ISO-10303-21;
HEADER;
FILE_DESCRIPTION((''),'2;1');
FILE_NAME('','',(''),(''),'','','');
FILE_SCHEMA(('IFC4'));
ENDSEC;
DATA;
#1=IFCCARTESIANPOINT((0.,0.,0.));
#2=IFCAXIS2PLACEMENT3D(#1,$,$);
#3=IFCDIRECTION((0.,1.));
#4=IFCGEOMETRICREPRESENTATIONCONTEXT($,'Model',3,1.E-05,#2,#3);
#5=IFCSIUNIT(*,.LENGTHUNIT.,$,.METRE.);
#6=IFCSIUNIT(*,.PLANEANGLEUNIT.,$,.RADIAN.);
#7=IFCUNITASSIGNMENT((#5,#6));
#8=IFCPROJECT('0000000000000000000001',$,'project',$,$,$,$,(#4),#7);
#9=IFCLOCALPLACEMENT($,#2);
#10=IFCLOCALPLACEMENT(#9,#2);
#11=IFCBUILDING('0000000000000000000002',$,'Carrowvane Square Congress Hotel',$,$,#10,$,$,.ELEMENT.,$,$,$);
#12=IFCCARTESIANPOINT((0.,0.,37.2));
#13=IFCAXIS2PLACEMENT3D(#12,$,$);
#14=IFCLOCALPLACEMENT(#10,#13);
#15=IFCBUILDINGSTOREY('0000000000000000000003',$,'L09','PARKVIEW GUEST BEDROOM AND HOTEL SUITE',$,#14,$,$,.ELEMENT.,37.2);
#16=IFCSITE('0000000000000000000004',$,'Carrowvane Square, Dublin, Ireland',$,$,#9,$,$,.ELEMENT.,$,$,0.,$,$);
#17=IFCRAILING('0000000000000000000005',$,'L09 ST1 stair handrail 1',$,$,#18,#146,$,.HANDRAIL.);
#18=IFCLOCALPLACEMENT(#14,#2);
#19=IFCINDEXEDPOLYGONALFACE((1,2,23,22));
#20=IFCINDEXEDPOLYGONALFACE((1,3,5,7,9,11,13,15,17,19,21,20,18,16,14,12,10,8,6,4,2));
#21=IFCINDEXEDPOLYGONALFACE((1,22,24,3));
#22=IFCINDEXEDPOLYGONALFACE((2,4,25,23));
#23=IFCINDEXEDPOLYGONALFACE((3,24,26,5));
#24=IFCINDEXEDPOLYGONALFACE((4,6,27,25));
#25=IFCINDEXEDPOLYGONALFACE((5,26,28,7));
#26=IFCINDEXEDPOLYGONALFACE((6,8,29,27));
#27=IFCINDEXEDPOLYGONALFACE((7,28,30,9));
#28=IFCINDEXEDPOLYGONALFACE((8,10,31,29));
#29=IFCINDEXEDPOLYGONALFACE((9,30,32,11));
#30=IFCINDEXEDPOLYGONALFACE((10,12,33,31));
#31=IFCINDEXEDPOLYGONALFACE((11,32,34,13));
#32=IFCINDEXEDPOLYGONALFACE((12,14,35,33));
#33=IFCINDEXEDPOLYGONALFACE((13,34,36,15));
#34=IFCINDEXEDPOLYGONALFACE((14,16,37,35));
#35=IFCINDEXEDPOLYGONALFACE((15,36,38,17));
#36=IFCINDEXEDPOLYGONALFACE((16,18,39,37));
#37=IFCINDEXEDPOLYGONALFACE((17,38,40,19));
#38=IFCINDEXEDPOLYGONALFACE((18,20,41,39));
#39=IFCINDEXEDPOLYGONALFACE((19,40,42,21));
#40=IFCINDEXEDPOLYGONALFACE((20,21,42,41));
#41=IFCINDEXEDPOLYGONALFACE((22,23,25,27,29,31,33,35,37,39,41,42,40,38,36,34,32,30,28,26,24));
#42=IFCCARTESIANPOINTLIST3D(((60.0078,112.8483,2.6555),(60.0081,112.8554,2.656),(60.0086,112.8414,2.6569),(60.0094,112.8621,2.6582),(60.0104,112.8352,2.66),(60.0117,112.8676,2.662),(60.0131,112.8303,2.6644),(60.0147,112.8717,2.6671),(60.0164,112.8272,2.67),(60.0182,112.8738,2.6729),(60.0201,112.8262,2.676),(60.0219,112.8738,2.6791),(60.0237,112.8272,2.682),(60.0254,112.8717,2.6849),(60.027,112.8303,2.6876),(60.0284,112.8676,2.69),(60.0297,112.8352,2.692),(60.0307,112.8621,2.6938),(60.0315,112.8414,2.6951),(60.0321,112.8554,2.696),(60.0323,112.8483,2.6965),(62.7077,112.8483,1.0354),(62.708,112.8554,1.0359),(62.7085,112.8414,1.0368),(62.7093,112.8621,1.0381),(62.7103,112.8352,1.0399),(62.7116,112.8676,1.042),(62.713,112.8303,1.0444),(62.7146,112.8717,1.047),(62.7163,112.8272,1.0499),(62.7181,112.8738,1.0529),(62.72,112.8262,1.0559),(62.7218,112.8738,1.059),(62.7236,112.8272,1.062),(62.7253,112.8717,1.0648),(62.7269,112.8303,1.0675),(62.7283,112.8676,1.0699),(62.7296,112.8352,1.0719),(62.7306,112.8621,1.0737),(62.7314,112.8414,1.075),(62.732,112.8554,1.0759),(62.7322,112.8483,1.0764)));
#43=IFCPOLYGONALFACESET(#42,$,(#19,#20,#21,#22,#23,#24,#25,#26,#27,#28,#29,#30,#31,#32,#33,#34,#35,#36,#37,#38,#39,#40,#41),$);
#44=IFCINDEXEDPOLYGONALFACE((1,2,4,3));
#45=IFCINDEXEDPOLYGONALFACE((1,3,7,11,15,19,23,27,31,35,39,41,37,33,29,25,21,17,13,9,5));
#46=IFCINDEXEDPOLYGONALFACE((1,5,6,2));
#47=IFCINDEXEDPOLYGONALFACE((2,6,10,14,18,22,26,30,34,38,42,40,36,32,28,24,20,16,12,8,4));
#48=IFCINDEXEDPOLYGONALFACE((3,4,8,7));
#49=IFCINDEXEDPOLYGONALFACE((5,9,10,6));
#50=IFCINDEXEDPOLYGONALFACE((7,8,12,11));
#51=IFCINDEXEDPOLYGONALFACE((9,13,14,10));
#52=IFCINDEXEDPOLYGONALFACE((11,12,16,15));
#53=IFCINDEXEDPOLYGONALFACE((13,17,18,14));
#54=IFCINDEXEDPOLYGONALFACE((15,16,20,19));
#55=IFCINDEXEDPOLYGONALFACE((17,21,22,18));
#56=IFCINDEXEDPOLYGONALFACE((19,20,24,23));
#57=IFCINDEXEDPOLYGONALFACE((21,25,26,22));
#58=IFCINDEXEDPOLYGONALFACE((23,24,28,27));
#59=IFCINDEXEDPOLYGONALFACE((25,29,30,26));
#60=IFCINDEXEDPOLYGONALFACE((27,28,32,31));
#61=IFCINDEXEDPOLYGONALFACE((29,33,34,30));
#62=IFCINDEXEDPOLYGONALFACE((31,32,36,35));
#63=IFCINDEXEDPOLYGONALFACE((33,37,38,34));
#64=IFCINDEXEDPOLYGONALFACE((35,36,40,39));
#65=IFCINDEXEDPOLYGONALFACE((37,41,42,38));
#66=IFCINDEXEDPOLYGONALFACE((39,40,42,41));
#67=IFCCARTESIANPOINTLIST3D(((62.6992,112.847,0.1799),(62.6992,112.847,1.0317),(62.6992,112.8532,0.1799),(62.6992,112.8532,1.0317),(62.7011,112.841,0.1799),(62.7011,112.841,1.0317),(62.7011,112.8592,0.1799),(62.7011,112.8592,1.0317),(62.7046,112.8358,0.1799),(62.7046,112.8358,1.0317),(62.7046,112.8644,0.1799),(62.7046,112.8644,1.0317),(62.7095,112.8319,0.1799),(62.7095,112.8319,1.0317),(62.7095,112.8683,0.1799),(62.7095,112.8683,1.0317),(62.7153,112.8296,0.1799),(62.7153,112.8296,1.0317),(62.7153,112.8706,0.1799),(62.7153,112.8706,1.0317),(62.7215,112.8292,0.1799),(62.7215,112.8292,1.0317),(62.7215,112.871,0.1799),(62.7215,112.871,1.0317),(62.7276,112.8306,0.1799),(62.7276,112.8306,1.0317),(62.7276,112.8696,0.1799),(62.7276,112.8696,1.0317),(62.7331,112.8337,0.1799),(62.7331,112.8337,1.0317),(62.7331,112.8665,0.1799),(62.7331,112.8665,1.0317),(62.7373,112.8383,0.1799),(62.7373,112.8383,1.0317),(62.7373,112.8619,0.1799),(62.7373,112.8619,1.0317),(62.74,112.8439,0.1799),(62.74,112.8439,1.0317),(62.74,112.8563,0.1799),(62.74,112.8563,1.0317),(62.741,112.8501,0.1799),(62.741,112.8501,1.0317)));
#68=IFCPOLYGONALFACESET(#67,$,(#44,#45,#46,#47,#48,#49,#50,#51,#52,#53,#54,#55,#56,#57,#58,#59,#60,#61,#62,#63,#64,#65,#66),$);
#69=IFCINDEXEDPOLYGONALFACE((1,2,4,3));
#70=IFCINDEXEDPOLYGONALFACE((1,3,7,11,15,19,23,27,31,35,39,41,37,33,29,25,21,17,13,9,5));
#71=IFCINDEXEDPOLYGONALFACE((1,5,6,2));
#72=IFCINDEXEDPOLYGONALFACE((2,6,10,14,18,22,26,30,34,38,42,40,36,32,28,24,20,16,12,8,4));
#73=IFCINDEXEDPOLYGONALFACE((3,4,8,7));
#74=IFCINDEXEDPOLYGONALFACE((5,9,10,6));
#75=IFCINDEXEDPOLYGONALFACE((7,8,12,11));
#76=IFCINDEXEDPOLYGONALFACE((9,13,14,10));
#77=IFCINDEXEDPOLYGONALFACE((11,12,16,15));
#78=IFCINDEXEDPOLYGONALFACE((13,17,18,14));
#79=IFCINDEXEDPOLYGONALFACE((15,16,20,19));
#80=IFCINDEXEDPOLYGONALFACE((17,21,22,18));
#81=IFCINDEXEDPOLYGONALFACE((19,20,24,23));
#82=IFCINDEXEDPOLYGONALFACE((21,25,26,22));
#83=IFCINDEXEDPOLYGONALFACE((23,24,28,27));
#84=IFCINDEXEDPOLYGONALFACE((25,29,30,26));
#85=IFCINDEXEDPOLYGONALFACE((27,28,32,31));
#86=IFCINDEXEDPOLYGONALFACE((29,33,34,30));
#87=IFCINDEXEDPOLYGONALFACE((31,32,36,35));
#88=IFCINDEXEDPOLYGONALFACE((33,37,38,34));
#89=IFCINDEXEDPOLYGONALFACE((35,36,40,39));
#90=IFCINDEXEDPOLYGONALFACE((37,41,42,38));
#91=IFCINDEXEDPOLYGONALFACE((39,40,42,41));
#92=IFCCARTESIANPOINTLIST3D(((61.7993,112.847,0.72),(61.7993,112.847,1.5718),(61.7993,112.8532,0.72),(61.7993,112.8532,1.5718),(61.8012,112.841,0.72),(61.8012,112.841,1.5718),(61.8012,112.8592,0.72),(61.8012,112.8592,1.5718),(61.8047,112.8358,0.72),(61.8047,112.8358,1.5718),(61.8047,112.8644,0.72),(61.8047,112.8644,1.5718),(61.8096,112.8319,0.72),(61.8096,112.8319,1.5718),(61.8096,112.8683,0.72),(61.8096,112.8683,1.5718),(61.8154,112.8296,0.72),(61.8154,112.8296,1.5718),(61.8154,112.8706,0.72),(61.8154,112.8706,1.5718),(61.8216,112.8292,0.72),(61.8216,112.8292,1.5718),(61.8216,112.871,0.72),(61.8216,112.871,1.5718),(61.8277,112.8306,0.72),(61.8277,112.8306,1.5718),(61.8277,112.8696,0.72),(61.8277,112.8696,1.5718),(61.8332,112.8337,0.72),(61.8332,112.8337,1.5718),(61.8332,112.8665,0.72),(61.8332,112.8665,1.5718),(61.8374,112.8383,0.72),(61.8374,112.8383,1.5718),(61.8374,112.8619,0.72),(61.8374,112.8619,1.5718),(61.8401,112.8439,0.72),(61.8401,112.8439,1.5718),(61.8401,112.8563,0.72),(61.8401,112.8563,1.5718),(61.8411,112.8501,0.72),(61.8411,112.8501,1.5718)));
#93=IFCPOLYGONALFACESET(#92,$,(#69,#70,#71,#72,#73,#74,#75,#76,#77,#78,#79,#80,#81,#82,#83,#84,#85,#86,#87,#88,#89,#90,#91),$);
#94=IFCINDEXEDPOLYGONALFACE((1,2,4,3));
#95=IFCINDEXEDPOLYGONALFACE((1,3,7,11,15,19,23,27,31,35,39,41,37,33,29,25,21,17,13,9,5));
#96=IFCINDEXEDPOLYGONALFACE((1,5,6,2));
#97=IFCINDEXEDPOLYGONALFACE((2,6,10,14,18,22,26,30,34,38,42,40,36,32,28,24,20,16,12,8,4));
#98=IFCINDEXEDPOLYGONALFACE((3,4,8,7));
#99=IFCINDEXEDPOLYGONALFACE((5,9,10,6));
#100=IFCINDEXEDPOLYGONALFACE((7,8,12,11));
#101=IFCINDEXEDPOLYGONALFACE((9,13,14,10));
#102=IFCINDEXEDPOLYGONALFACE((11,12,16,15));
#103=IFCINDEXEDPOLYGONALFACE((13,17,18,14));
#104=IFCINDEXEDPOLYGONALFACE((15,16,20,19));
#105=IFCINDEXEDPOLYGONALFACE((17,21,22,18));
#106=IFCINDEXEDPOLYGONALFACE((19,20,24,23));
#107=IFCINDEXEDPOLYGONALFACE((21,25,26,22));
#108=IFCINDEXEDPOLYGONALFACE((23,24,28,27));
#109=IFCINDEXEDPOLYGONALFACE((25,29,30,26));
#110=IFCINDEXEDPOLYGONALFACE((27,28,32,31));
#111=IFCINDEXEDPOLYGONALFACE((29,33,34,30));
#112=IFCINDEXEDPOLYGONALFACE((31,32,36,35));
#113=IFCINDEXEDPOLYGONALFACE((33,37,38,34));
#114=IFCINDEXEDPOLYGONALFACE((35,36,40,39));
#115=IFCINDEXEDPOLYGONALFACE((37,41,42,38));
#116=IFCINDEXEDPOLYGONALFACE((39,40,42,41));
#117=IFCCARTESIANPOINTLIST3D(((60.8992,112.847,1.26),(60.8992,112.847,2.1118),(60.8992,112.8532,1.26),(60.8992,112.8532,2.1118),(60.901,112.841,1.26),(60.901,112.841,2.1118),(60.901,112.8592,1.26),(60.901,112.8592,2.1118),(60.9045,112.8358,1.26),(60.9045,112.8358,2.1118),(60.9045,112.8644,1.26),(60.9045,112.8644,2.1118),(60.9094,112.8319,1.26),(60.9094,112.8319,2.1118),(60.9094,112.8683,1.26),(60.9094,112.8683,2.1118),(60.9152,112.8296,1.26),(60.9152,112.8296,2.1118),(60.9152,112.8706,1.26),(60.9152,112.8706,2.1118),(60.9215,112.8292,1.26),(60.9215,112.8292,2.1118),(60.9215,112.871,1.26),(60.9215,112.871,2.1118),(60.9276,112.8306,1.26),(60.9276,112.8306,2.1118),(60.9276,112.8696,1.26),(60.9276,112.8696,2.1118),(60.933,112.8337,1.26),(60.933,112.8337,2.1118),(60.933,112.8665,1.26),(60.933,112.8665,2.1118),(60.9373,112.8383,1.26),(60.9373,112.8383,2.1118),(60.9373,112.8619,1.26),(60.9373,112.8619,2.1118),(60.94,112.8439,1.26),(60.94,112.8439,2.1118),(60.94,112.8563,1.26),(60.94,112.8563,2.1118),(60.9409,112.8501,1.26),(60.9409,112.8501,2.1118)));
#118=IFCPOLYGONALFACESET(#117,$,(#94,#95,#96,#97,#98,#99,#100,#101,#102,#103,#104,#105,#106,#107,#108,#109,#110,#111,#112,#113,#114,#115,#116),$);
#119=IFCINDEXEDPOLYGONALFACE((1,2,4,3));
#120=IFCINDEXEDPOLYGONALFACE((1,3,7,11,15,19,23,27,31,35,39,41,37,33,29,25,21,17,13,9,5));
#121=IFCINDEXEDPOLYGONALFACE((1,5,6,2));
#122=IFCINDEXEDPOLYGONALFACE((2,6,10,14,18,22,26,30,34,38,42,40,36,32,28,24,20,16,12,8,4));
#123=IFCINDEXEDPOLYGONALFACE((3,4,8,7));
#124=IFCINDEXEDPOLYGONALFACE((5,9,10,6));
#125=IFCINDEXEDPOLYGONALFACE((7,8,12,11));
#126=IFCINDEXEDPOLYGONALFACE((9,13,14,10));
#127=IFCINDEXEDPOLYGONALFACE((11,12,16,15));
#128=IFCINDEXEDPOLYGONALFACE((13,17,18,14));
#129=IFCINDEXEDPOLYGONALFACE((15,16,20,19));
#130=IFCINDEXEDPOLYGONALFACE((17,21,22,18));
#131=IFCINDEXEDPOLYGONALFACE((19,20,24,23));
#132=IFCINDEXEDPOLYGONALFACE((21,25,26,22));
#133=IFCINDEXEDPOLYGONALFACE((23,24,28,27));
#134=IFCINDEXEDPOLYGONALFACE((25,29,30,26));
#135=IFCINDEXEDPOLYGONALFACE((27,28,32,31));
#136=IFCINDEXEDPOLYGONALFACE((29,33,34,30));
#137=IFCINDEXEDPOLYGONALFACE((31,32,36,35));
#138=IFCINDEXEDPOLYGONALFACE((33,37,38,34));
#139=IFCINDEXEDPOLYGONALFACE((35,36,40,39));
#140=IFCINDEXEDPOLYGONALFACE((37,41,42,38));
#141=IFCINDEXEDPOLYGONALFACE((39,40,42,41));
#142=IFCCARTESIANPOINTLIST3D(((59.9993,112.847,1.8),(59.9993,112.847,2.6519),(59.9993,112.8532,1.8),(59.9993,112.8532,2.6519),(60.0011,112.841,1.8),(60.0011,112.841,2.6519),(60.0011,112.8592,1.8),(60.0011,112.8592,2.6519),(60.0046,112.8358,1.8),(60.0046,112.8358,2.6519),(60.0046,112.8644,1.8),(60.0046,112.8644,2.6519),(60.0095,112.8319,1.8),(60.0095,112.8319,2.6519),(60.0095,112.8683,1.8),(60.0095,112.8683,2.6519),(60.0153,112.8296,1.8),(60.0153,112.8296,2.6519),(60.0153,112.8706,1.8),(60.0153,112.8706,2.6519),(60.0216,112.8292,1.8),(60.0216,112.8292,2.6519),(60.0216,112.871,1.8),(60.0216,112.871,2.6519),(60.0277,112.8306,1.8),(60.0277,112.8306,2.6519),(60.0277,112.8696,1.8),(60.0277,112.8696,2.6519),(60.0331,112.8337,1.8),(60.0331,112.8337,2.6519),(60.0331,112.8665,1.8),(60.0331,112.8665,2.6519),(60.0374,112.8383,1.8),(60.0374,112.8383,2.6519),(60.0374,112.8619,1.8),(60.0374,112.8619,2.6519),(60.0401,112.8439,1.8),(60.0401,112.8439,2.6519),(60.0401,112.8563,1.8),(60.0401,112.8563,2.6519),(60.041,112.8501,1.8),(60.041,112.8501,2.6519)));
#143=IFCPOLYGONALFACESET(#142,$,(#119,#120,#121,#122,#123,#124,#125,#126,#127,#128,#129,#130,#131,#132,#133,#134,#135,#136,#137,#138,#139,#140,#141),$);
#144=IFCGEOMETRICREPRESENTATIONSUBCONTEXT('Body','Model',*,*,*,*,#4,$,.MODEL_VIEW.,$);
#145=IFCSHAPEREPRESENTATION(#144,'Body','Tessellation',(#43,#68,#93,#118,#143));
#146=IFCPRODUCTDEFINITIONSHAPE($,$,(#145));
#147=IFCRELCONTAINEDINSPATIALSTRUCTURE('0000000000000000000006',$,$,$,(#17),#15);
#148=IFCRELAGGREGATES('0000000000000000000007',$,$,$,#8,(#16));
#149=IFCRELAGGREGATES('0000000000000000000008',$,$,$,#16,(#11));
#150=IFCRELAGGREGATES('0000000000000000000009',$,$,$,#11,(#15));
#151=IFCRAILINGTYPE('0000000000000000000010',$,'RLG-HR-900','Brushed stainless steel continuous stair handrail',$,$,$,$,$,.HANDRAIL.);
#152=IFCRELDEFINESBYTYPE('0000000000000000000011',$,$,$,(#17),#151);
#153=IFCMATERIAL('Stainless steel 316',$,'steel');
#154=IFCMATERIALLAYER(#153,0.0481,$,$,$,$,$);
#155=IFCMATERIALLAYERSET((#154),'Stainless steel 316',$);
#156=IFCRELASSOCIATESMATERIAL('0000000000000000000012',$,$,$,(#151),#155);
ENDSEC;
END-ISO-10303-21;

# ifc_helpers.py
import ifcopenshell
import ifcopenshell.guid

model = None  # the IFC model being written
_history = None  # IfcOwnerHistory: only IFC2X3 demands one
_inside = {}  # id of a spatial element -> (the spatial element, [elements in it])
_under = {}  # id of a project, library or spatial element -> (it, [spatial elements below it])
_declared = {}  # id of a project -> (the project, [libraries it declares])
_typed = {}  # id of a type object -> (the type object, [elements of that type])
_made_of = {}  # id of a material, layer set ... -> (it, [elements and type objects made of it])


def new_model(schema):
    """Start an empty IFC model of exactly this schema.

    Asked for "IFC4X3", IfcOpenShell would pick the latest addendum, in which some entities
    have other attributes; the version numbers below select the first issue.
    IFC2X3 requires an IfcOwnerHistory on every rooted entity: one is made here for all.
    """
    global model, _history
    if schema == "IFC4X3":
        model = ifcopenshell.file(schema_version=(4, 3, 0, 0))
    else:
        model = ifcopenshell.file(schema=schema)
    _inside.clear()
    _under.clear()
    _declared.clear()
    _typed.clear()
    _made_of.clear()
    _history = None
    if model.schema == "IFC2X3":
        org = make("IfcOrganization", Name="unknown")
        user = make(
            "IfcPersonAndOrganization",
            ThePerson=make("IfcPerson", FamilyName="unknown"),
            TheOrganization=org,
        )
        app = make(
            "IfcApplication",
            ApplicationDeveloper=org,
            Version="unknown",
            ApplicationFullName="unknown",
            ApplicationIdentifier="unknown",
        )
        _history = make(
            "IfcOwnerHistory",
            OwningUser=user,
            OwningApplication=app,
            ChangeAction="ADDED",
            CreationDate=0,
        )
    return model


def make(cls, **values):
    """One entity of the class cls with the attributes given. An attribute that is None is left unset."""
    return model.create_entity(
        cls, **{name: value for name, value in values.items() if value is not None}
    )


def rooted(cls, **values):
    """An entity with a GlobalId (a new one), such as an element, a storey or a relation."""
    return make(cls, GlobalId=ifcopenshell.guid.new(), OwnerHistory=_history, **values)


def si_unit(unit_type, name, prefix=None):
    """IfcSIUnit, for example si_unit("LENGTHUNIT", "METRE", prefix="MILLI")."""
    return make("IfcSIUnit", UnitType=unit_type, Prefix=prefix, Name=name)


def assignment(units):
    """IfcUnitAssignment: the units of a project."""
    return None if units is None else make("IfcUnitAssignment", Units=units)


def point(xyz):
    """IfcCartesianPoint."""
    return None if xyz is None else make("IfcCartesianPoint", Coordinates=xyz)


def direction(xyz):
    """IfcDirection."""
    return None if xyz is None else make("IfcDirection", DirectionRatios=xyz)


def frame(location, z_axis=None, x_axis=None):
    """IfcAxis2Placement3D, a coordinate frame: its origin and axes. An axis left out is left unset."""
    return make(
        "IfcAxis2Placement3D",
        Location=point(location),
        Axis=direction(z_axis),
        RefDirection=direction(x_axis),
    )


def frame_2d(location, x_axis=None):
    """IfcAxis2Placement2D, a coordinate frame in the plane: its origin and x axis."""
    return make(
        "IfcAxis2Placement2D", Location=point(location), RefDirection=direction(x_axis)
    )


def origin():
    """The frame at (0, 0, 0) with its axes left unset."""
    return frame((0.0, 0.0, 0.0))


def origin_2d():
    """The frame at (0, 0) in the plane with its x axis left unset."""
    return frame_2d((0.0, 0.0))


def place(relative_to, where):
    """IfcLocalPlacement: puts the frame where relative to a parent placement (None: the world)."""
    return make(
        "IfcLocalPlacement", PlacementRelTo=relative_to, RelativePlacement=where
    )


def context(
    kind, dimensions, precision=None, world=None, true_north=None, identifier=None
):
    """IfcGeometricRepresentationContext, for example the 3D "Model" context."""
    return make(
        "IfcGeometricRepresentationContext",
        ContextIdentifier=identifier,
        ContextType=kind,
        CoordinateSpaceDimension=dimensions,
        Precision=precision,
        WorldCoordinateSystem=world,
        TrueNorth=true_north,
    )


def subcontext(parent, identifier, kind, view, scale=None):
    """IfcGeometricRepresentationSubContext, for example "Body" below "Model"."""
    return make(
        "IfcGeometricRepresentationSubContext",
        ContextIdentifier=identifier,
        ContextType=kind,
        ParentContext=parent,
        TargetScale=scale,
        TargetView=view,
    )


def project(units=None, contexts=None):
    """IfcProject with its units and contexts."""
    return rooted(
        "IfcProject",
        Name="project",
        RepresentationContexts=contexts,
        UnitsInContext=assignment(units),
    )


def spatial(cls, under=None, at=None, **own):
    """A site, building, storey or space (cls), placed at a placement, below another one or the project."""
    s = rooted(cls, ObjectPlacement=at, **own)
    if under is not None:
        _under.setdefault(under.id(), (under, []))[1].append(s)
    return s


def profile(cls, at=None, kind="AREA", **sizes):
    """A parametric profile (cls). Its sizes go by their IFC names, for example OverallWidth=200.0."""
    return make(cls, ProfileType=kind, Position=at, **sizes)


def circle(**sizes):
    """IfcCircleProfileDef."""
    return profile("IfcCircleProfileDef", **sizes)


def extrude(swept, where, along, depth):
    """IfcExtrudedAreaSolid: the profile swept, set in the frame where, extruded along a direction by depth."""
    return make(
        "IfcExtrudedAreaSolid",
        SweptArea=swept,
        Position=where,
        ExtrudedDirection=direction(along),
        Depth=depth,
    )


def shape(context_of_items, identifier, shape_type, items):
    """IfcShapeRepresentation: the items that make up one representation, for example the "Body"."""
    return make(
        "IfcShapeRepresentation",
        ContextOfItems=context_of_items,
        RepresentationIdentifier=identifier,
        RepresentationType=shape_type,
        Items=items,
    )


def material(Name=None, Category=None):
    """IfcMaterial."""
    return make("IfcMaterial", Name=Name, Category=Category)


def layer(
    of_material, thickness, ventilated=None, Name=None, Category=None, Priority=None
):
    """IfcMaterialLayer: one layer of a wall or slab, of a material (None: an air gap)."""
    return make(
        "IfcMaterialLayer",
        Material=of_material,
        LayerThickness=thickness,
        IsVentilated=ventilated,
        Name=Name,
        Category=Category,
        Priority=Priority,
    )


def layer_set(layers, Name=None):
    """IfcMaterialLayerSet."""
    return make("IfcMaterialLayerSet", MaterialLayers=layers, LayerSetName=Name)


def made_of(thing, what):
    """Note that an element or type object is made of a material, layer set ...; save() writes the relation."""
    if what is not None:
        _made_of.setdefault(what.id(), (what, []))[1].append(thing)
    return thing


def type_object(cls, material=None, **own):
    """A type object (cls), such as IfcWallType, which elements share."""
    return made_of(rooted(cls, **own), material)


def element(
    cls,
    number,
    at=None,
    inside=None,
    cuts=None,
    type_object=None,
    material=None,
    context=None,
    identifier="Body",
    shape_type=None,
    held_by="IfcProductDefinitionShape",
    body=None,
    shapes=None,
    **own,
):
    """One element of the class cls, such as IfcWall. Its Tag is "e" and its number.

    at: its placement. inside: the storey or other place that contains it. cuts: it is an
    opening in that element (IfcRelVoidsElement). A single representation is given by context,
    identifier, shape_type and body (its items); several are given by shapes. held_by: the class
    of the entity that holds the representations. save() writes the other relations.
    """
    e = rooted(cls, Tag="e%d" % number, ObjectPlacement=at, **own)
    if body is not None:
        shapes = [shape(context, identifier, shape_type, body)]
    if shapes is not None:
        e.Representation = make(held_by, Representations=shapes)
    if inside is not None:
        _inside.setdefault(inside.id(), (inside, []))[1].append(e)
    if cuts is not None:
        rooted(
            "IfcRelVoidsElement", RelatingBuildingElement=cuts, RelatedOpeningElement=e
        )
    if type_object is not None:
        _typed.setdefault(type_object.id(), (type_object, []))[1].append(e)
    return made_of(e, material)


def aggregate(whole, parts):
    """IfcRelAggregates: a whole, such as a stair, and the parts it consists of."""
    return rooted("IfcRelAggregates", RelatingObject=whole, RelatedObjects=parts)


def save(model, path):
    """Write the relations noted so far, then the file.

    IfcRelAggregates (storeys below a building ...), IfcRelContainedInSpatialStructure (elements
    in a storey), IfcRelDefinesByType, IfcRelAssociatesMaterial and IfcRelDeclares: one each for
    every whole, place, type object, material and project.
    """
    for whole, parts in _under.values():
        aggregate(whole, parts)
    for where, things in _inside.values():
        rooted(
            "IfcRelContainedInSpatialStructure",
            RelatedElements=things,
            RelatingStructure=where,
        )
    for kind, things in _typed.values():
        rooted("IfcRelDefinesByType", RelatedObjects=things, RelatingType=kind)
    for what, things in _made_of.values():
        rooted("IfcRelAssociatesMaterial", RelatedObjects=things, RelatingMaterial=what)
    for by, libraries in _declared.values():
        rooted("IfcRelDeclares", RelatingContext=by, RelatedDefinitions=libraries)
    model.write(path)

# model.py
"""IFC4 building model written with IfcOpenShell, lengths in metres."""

from ifc_helpers import new_model, si_unit, direction, frame, origin, origin_2d, place, context, subcontext, project, spatial, circle, extrude, material, layer, layer_set, type_object, element, save


model = new_model("IFC4")

# Units and contexts
model_context = context("Model", 3, precision=1e-05, world=origin(), true_north=direction((0.0, 1.0)))
body_context = subcontext(model_context, "Body", "Model", "MODEL_VIEW")
ifc_project = project(units=[si_unit("LENGTHUNIT", "METRE"), si_unit("PLANEANGLEUNIT", "RADIAN")], contexts=[model_context])

# Site, building, storey
site_placement = place(None, origin())
site = spatial("IfcSite", under=ifc_project, at=site_placement, Name="Carrowvane Square, Dublin, Ireland", CompositionType="ELEMENT", RefElevation=0.0)
building_placement = place(site_placement, origin())
building = spatial("IfcBuilding", under=site, at=building_placement, Name="Carrowvane Square Congress Hotel", CompositionType="ELEMENT")
storey_placement = place(building_placement, frame((0.0, 0.0, 37.2)))
storey = spatial("IfcBuildingStorey", under=building, at=storey_placement, Name="L09", Description="PARKVIEW GUEST BEDROOM AND HOTEL SUITE", CompositionType="ELEMENT", Elevation=37.2)

# Railing
ifc_material_1 = material(Name="Stainless steel 316", Category="steel")
ifc_layer_1 = layer(ifc_material_1, 0.0481)
ifc_layer_set_1 = layer_set([ifc_layer_1], Name="Stainless steel 316")
railing_type_1 = type_object("IfcRailingType", Name="RLG-HR-900", Description="Brushed stainless steel continuous stair handrail", PredefinedType="HANDRAIL", material=ifc_layer_set_1)
railing_1_placement = place(storey_placement, frame((62.72, 112.8501, 0.1799)))
element("IfcRailing", 1, at=railing_1_placement, inside=storey, type_object=railing_type_1, Name="L09 ST1 stair handrail 1", PredefinedType="HANDRAIL", context=body_context, shape_type="SweptSolid", body=[
    extrude(circle(Radius=0.0239, at=origin_2d()), frame((0.0, 0.0, 0.876), z_axis=(-0.857472, 0.0, 0.51453), x_axis=(0.0, -1.0, 0.0)), (0.0, 0.0, 1.0), 3.1487),
    extrude(circle(Radius=0.021, at=origin_2d()), origin(), (0.0, 0.0, 1.0), 0.8518),
    extrude(circle(Radius=0.021, at=origin_2d()), frame((-0.8999, 0.0, 0.54)), (0.0, 0.0, 1.0), 0.8518),
    extrude(circle(Radius=0.021, at=origin_2d()), frame((-1.8, 0.0, 1.0801)), (0.0, 0.0, 1.0), 0.8518),
    extrude(circle(Radius=0.021, at=origin_2d()), frame((-2.7, 0.0, 1.6201)), (0.0, 0.0, 1.0), 0.8518),
])

save(model, "model.ifc")
